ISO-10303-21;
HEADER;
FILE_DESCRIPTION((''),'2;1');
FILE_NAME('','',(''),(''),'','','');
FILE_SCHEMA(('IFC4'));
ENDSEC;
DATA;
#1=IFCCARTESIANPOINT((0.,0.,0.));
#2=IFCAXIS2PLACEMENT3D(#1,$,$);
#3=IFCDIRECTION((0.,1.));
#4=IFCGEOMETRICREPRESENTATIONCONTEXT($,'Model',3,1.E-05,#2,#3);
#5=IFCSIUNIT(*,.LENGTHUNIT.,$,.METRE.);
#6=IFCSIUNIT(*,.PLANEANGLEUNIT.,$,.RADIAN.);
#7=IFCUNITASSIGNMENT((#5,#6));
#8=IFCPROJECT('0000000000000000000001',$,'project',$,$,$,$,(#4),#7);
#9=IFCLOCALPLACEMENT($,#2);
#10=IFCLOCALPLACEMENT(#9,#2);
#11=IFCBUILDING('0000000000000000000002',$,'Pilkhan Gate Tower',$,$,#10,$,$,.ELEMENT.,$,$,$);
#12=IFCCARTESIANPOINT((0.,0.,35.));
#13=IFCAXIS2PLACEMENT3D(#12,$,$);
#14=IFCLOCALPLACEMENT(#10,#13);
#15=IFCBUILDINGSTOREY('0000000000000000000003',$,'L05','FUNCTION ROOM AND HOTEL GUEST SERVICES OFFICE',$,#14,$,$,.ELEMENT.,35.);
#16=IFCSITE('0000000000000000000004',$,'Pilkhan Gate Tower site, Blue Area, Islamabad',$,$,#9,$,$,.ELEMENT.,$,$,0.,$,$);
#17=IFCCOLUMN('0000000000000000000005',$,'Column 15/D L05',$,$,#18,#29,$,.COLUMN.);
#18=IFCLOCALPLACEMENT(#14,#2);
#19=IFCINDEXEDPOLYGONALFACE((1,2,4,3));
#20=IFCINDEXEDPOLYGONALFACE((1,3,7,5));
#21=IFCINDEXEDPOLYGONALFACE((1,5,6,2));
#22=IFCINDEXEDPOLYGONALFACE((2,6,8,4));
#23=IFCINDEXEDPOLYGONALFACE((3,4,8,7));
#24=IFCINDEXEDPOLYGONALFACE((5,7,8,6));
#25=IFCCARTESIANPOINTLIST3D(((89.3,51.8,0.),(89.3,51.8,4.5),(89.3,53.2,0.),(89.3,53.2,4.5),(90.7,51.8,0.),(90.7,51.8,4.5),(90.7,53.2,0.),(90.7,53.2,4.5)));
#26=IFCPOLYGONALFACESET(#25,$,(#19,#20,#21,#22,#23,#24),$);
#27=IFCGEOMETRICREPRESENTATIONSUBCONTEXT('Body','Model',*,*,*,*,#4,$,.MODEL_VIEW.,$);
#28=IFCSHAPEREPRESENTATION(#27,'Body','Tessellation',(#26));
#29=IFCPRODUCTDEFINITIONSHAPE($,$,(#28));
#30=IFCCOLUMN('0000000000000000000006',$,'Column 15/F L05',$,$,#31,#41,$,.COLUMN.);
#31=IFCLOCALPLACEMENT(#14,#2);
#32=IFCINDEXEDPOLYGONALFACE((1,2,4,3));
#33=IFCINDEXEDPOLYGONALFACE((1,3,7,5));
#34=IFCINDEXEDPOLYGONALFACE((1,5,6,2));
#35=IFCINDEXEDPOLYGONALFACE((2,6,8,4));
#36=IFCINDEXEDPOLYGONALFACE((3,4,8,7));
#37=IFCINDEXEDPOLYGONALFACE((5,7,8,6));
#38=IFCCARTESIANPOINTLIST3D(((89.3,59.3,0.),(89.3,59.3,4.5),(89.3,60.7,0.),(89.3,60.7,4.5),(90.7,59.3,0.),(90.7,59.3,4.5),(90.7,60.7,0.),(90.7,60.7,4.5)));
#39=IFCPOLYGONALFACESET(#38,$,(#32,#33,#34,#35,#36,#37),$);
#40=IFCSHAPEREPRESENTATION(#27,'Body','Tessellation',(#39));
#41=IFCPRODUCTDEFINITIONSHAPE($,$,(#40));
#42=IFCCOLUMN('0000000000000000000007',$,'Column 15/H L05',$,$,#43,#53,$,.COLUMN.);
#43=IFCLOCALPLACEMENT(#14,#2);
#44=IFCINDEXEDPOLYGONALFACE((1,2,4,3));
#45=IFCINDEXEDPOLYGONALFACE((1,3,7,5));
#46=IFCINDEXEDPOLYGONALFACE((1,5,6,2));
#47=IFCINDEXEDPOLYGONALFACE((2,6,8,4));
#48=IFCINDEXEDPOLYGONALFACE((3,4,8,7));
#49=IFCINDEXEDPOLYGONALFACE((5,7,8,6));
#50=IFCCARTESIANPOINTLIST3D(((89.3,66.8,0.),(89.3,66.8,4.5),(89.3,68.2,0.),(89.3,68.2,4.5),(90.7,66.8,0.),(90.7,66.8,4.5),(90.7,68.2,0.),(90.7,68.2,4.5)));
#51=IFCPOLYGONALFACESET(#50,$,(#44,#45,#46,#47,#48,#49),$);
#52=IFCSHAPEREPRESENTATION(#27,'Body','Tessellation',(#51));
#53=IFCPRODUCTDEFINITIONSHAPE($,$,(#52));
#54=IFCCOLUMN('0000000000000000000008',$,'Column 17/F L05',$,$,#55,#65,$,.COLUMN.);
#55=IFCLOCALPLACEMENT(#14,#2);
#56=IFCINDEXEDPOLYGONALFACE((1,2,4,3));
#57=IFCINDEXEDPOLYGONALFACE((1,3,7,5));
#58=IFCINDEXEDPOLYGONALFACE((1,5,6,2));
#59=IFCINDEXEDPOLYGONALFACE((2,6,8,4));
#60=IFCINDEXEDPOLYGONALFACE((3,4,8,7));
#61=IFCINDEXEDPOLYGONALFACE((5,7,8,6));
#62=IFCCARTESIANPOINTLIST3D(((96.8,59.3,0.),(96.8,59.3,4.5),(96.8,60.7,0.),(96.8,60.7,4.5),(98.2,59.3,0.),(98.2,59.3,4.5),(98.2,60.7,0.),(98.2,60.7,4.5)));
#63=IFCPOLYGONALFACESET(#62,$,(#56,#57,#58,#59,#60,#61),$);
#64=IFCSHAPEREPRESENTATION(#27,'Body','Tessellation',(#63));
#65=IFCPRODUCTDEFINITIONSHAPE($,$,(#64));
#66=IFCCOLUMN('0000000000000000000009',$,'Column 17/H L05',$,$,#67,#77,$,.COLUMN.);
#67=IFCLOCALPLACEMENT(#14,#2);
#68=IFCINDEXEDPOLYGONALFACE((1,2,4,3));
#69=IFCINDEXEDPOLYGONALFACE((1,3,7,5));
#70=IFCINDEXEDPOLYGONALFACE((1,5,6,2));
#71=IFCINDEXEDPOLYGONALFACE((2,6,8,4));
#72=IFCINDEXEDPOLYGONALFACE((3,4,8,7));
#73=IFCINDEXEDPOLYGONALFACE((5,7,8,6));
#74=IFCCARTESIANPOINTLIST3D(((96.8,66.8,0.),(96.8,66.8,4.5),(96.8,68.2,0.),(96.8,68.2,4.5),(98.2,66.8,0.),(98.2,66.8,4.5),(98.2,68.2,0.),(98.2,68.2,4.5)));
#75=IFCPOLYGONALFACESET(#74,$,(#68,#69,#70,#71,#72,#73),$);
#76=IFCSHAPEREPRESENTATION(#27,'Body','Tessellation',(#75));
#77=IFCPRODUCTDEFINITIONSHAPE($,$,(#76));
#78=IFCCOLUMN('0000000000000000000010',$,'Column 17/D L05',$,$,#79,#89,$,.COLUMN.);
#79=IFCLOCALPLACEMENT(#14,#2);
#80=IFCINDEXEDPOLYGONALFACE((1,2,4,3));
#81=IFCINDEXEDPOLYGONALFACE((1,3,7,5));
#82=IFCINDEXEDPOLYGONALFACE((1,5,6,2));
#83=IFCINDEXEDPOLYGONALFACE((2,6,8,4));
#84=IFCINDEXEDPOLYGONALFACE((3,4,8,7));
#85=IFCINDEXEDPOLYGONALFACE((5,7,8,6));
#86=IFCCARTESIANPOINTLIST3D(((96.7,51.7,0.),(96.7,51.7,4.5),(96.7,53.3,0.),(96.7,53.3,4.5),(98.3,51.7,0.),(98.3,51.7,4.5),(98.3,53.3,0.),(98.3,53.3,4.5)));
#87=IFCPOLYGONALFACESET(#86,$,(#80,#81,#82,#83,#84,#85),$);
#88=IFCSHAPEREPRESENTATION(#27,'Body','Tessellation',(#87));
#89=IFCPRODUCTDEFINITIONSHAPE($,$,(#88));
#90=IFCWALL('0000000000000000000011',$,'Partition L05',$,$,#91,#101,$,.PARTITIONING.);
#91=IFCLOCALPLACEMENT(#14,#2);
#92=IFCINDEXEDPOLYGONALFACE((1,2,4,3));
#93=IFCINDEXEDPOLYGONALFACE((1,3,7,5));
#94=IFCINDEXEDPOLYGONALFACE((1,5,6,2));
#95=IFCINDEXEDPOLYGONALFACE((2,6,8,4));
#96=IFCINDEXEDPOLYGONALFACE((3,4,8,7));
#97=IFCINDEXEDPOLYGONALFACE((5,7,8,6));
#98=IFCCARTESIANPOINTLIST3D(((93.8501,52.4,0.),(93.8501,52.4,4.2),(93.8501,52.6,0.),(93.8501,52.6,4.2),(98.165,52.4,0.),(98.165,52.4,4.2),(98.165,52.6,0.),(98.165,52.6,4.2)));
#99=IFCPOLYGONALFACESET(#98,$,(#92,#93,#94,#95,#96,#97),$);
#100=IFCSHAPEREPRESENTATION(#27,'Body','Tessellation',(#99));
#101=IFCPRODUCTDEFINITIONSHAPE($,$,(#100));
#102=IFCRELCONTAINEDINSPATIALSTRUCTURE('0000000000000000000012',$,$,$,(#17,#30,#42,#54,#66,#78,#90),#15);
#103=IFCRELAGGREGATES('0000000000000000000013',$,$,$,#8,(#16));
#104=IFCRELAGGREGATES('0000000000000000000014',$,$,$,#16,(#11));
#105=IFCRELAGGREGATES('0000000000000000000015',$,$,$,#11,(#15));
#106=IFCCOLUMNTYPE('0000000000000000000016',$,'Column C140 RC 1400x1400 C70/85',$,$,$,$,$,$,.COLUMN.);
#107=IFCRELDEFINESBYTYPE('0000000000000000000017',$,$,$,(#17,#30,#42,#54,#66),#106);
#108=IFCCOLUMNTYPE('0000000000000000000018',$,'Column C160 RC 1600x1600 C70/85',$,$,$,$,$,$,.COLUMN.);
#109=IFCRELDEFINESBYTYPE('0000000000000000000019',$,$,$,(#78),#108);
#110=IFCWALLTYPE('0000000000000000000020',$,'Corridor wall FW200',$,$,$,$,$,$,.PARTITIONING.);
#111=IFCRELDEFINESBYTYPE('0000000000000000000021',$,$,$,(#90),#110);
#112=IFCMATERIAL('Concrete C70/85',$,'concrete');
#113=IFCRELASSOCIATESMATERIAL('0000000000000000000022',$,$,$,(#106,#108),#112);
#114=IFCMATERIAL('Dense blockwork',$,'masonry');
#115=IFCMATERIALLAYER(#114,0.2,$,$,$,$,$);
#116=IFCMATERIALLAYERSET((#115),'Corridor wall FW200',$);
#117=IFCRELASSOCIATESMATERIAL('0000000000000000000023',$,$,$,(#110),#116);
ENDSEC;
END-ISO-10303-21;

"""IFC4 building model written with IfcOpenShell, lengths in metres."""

from ifc_helpers import new_model, si_unit, direction, frame, frame_2d, origin, origin_2d, place, context, subcontext, project, spatial, rectangle, extrude, material, layer, layer_set, material_profile, profile_set, type_object, element, save


model = new_model("IFC4")

# Units and contexts
model_context = context("Model", 3, precision=1e-05, world=origin(), true_north=direction((0.0, 1.0)))
body_context = subcontext(model_context, "Body", "Model", "MODEL_VIEW")
ifc_project = project(units=[si_unit("LENGTHUNIT", "METRE"), si_unit("PLANEANGLEUNIT", "RADIAN")], contexts=[model_context])

# Site, building, storey
site_placement = place(None, origin())
site = spatial("IfcSite", under=ifc_project, at=site_placement, Name="Pilkhan Gate Tower site, Blue Area, Islamabad", CompositionType="ELEMENT", RefElevation=0.0)
building_placement = place(site_placement, origin())
building = spatial("IfcBuilding", under=site, at=building_placement, Name="Pilkhan Gate Tower", CompositionType="ELEMENT")
storey_placement = place(building_placement, frame((0.0, 0.0, 35.0)))
storey = spatial("IfcBuildingStorey", under=building, at=storey_placement, Name="L05", Description="FUNCTION ROOM AND HOTEL GUEST SERVICES OFFICE", CompositionType="ELEMENT", Elevation=35.0)

# Columns
ifc_material_1 = material(Name="Concrete C70/85", Category="concrete")
ifc_material_profile_1 = material_profile(ifc_material_1, rectangle(XDim=1.3999, YDim=1.3999, at=origin_2d()), Name="RC 1400x1400")
ifc_profile_set_1 = profile_set([ifc_material_profile_1], Name="Concrete C70/85")
column_type_1 = type_object("IfcColumnType", Name="Column C140 RC 1400x1400 C70/85", PredefinedType="COLUMN", material=ifc_profile_set_1)
for number, where, z_axis, x_axis, name in (
    (1, (90.0, 52.5, 0.0), (0.0, 0.0, 1.0), (1.0, 0.0, 0.0), "Column 15/D L05"),
    (2, (90.0, 60.0, 0.0), (0.0, 0.0, 1.0), (1.0, 0.0, 0.0), "Column 15/F L05"),
    (3, (90.0, 67.5, 0.0), (0.0, 0.0, 1.0), (1.0, 0.0, 0.0), "Column 15/H L05"),
    (4, (97.5, 60.0, 0.0), (0.0, 0.0, 1.0), (1.0, 0.0, 0.0), "Column 17/F L05"),
    (5, (97.5, 67.5, 0.0), (0.0, 0.0, 1.0), (1.0, 0.0, 0.0), "Column 17/H L05"),
):
    element("IfcColumn", number, at=place(storey_placement, frame(where, z_axis=z_axis, x_axis=x_axis)), inside=storey, type_object=column_type_1, Name=name, PredefinedType="COLUMN", context=body_context, shape_type="SweptSolid", body=[
        extrude(rectangle(XDim=1.3999, YDim=1.3999, at=origin_2d()), origin(), (0.0, 0.0, 1.0), 4.5),
    ])
ifc_material_profile_2 = material_profile(ifc_material_1, rectangle(XDim=1.6001, YDim=1.6001, at=origin_2d()), Name="RC 1600x1600")
ifc_profile_set_2 = profile_set([ifc_material_profile_2], Name="Concrete C70/85")
column_type_2 = type_object("IfcColumnType", Name="Column C160 RC 1600x1600 C70/85", PredefinedType="COLUMN", material=ifc_profile_set_2)
column_placement = place(storey_placement, frame((97.5, 52.5, 0.0), z_axis=(0.0, 0.0, 1.0), x_axis=(1.0, 0.0, 0.0)))
element("IfcColumn", 6, at=column_placement, inside=storey, type_object=column_type_2, Name="Column 17/D L05", PredefinedType="COLUMN", context=body_context, shape_type="SweptSolid", body=[
    extrude(rectangle(XDim=1.6001, YDim=1.6001, at=origin_2d()), origin(), (0.0, 0.0, 1.0), 4.5),
])

# Wall
ifc_material_2 = material(Name="Dense blockwork", Category="masonry")
ifc_layer_1 = layer(ifc_material_2, 0.2)
ifc_layer_set_1 = layer_set([ifc_layer_1], Name="Corridor wall FW200")
wall_type_1 = type_object("IfcWallType", Name="Corridor wall FW200", PredefinedType="PARTITIONING", material=ifc_layer_set_1)
wall_1_placement = place(storey_placement, frame((93.8501, 52.5, 0.0), z_axis=(0.0, 0.0, 1.0), x_axis=(1.0, 0.0, 0.0)))
element("IfcWall", 7, at=wall_1_placement, inside=storey, type_object=wall_type_1, Name="Partition L05", PredefinedType="PARTITIONING", context=body_context, shape_type="SweptSolid", body=[
    extrude(rectangle(XDim=4.3149, YDim=0.2, at=frame_2d((2.1575, 0.0))), origin(), (0.0, 0.0, 1.0), 4.2),
])

save(model, "model.ifc")
